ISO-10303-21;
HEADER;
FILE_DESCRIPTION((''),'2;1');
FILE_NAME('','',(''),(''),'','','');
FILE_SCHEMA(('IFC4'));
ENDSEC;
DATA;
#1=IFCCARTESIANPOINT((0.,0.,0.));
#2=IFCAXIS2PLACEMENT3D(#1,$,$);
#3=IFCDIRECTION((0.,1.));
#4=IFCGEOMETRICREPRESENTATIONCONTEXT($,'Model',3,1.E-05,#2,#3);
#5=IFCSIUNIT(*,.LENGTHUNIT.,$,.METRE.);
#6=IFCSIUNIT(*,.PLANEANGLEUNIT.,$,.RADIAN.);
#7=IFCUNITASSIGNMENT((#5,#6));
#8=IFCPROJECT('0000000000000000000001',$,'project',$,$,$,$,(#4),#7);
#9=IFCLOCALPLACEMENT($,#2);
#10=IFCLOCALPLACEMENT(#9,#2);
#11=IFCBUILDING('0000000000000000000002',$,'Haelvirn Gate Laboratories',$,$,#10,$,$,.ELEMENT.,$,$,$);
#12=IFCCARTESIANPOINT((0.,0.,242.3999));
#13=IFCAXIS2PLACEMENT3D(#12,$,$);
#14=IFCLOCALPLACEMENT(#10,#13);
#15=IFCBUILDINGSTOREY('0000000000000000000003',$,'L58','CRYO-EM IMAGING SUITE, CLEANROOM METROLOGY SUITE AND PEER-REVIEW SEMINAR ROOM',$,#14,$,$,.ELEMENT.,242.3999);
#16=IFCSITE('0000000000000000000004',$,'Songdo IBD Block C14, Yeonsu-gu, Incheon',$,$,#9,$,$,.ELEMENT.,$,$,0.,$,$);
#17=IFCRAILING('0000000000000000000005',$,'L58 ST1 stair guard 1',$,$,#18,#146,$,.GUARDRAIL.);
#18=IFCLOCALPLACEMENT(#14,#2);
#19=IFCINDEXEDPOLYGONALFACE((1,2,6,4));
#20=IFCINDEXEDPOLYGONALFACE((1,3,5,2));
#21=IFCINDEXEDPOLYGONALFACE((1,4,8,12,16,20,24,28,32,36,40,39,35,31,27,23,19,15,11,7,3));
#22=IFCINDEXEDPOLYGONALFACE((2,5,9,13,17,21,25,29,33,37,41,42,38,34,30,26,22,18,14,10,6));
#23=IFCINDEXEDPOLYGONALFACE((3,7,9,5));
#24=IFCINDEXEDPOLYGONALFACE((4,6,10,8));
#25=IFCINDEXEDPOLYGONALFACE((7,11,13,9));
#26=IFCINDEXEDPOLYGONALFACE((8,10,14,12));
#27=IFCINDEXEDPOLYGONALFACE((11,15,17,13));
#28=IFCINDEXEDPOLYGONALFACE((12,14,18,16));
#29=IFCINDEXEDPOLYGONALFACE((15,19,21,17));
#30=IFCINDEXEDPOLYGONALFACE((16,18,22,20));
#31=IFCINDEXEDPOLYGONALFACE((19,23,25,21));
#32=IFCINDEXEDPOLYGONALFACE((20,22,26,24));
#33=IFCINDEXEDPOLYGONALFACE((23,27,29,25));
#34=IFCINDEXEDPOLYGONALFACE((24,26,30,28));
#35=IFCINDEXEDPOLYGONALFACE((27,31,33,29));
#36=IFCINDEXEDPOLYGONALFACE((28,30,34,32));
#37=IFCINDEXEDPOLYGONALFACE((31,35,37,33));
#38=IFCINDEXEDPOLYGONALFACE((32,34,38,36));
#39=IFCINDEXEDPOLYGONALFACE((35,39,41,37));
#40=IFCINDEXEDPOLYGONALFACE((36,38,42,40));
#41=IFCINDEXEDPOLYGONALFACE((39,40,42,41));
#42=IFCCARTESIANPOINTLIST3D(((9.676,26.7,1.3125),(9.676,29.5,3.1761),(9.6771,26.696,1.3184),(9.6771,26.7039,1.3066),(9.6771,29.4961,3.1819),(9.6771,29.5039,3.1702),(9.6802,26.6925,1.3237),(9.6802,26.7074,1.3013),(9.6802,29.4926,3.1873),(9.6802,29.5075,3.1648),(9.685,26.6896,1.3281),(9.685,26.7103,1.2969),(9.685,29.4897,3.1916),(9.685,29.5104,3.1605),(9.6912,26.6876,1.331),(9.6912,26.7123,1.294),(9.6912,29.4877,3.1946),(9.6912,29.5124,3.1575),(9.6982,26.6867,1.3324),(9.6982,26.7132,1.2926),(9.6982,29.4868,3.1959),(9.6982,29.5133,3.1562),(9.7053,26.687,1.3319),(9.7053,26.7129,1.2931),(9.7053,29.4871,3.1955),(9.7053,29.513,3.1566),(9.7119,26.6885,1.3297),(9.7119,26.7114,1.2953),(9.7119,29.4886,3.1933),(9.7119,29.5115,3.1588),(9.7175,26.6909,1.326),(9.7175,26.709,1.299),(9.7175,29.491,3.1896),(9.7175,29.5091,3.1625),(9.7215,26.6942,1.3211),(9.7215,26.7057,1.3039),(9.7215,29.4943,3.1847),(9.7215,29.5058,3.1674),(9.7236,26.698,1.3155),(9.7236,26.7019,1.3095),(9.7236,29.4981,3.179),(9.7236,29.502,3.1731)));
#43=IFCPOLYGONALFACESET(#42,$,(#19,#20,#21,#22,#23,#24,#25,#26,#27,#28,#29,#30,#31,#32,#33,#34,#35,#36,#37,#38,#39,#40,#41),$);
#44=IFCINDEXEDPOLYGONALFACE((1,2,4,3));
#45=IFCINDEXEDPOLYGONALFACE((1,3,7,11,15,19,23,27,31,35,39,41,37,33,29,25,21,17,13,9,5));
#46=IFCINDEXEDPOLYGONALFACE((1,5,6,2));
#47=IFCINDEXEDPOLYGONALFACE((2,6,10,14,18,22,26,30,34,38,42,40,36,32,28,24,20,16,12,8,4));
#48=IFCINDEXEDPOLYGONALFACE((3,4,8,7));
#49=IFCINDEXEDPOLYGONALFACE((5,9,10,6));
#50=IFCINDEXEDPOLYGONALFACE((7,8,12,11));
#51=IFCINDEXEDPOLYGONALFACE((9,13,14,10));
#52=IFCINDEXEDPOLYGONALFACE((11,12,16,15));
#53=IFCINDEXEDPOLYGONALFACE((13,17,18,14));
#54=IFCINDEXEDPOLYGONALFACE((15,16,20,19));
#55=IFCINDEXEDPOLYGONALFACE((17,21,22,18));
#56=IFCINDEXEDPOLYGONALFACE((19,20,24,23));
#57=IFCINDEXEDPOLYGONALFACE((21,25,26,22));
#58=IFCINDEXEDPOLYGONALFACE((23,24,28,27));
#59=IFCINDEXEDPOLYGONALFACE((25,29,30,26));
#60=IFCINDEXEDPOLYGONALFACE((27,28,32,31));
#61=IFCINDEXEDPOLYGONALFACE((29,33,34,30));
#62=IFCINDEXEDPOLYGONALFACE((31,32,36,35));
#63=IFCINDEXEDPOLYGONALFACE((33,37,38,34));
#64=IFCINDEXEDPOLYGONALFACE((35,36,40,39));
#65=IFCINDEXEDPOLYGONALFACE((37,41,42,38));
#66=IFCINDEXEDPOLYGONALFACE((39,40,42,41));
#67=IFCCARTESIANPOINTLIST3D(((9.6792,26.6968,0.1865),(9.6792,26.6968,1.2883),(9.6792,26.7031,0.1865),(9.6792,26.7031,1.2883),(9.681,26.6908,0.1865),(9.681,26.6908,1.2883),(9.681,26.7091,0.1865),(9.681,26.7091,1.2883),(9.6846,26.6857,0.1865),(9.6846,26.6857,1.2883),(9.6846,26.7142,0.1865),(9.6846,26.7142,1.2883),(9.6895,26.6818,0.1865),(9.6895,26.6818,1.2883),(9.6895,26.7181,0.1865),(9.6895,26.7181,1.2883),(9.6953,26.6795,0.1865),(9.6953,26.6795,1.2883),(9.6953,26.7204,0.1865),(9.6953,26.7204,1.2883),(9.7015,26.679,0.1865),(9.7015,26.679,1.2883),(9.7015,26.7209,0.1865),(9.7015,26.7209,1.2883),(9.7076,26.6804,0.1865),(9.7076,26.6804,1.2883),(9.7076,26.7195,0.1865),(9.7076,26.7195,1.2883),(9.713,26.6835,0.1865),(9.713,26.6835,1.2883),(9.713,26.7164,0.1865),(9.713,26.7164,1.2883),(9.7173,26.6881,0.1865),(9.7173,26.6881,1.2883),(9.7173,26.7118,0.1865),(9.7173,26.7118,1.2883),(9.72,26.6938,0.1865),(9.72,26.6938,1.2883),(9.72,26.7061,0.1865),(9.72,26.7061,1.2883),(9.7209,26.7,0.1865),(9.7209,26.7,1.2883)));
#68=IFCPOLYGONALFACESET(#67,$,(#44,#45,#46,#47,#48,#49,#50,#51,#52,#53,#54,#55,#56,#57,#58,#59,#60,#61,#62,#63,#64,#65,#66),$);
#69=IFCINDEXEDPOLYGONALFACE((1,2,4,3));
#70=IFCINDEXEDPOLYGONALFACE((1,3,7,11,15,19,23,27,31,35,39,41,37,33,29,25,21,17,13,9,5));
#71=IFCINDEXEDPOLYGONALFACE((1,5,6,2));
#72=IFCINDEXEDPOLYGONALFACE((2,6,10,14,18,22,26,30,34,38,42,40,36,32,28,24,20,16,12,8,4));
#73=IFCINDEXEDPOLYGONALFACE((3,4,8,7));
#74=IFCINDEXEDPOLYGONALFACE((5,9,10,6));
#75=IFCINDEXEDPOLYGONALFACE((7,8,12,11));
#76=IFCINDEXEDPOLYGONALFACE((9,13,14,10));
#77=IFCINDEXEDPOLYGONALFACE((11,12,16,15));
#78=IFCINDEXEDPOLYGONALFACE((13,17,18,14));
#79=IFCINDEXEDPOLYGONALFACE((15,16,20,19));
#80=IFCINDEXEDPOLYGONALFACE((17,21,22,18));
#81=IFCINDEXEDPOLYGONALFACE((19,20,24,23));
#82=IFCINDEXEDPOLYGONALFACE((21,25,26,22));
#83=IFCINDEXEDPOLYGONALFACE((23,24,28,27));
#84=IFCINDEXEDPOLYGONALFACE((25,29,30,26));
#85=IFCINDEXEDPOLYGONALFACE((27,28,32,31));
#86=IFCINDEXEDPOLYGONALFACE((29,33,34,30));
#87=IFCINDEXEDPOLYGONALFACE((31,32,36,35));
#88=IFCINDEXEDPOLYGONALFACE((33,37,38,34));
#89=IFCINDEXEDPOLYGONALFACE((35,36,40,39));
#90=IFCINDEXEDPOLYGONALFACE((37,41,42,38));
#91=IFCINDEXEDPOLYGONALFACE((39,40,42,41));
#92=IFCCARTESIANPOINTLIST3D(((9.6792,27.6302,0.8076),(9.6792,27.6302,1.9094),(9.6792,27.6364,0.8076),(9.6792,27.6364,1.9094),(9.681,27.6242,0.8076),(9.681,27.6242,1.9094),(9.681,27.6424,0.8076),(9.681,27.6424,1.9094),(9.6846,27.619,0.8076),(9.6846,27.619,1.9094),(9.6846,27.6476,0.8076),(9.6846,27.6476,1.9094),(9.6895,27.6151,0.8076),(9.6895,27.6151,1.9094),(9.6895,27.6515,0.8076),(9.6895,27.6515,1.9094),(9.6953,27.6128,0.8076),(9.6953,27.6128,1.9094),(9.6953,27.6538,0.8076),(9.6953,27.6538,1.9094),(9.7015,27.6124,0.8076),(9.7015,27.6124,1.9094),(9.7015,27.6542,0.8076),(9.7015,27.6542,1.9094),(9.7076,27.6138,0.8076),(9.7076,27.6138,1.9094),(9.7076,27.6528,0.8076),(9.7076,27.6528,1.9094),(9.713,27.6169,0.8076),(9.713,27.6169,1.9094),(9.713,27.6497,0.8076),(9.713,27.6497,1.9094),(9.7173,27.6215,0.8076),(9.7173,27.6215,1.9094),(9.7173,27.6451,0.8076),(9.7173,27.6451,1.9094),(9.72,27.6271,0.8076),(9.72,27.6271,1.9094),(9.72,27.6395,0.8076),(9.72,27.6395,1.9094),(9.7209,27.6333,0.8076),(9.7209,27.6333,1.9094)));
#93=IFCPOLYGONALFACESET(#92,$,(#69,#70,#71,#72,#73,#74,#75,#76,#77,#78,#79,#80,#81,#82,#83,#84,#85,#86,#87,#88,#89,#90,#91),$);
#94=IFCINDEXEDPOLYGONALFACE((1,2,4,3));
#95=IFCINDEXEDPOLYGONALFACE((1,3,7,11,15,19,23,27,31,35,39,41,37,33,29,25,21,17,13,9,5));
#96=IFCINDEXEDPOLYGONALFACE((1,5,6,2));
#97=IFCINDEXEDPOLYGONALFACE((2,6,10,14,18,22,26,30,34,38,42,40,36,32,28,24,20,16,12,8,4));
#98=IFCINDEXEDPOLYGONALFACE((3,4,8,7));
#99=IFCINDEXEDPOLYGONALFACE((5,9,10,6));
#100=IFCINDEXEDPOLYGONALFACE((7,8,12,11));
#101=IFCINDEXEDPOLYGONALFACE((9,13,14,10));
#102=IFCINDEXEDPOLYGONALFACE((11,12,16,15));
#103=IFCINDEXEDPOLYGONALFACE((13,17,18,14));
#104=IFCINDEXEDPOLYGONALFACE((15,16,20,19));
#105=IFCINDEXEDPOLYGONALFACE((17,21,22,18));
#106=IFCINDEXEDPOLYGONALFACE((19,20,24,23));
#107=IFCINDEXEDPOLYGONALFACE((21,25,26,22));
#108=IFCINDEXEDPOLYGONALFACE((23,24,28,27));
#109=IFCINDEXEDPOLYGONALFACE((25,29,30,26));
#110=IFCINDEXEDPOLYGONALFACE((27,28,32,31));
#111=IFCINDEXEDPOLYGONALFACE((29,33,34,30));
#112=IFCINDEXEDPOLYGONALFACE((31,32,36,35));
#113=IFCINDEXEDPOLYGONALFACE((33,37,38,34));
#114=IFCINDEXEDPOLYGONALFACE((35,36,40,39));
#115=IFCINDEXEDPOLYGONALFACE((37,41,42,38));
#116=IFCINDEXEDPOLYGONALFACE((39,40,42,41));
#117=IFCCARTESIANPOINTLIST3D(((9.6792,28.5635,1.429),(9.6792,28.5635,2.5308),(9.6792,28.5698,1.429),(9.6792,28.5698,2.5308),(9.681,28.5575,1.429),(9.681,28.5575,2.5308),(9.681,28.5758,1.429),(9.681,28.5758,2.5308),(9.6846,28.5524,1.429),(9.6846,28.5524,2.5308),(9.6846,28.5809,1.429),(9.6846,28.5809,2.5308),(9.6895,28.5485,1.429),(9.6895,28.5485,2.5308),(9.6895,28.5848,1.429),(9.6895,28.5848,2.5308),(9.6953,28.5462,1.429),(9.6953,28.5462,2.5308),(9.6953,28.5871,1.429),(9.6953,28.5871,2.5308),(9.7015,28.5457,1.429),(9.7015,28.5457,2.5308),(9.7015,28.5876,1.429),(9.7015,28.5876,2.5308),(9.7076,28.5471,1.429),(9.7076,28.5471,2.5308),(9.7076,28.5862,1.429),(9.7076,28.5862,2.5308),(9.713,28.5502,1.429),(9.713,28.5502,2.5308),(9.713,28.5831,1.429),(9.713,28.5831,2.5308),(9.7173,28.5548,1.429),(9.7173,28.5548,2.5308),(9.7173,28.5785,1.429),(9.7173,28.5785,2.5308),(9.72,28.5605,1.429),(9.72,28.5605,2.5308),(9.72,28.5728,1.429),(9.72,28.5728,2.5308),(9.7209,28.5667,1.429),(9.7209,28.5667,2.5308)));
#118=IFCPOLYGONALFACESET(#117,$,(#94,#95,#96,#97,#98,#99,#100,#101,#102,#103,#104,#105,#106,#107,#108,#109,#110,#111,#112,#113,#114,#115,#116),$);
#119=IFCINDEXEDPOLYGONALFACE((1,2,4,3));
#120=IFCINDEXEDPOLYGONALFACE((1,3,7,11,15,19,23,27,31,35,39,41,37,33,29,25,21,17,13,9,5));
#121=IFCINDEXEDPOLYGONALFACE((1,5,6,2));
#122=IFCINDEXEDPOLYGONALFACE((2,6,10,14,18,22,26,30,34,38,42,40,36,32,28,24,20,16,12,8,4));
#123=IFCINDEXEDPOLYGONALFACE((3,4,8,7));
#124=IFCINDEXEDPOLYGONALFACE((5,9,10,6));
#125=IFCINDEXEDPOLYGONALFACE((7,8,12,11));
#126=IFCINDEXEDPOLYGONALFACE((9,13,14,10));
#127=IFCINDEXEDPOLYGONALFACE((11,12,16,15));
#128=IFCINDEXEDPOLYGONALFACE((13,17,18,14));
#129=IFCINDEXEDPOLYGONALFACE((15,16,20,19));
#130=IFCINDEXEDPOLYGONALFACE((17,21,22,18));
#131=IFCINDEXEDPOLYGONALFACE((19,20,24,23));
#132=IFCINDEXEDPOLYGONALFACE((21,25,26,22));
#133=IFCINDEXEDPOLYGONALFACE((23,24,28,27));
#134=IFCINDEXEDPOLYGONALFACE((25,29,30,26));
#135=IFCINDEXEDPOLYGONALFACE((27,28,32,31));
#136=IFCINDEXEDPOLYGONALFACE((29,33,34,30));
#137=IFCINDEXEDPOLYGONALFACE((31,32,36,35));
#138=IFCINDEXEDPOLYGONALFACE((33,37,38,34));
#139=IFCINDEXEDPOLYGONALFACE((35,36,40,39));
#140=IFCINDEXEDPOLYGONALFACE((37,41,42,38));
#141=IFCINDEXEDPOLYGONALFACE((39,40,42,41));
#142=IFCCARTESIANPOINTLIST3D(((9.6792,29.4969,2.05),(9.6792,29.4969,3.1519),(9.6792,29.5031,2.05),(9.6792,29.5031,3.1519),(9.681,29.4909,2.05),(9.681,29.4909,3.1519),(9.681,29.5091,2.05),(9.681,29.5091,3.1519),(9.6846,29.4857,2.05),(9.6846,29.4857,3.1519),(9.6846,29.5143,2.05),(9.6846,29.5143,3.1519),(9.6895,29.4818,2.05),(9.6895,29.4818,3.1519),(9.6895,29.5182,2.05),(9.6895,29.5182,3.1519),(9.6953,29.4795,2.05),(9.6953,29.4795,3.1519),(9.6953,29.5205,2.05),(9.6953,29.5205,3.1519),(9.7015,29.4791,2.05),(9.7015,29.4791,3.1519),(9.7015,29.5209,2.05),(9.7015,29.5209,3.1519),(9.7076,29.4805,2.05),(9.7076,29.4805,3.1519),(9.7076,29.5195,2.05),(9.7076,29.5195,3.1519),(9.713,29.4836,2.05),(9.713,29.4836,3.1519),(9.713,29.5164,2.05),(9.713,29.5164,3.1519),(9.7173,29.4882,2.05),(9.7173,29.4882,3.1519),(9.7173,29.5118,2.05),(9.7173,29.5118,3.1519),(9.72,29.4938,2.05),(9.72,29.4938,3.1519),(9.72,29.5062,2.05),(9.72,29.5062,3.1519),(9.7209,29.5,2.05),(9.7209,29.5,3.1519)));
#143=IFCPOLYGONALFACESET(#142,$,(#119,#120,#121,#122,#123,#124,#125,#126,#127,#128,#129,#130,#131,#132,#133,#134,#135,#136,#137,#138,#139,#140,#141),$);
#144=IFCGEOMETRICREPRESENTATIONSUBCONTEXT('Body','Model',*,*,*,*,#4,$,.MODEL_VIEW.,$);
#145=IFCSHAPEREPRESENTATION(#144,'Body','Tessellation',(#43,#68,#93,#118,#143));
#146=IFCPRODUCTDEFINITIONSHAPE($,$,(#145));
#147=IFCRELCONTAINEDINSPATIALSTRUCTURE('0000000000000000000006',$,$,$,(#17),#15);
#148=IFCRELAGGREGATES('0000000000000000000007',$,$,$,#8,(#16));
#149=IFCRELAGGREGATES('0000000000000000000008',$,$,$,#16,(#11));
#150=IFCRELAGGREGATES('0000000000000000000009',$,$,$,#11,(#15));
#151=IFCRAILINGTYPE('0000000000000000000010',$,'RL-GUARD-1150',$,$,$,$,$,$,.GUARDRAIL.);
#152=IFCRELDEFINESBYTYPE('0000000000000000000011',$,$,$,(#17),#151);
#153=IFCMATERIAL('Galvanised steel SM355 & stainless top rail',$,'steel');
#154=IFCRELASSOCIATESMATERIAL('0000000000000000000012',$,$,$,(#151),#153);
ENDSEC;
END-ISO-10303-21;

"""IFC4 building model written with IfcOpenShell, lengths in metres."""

from ifc_helpers import new_model, si_unit, direction, frame, origin, origin_2d, place, context, subcontext, project, spatial, circle, extrude, source, transform, mapped, material, type_object, element, save


model = new_model("IFC4")

# Units and contexts
model_context = context("Model", 3, precision=1e-05, world=origin(), true_north=direction((0.0, 1.0)))
body_context = subcontext(model_context, "Body", "Model", "MODEL_VIEW")
ifc_project = project(units=[si_unit("LENGTHUNIT", "METRE"), si_unit("PLANEANGLEUNIT", "RADIAN")], contexts=[model_context])

# Site, building, storey
site_placement = place(None, origin())
site = spatial("IfcSite", under=ifc_project, at=site_placement, Name="Songdo IBD Block C14, Yeonsu-gu, Incheon", CompositionType="ELEMENT", RefElevation=0.0)
building_placement = place(site_placement, origin())
building = spatial("IfcBuilding", under=site, at=building_placement, Name="Haelvirn Gate Laboratories", CompositionType="ELEMENT")
storey_placement = place(building_placement, frame((0.0, 0.0, 242.3999)))
storey = spatial("IfcBuildingStorey", under=building, at=storey_placement, Name="L58", Description="CRYO-EM IMAGING SUITE, CLEANROOM METROLOGY SUITE AND PEER-REVIEW SEMINAR ROOM", CompositionType="ELEMENT", Elevation=242.3999)

# Railing
ifc_material_1 = material(Name="Galvanised steel SM355 & stainless top rail", Category="steel")
railing_type_1 = type_object("IfcRailingType", Name="RL-GUARD-1150", PredefinedType="GUARDRAIL", material=ifc_material_1)
shared_shape_1 = source(origin(), body_context, "Body", "SweptSolid", [
    extrude(circle(Radius=0.0239, at=origin_2d()), frame((0.0, 0.0, 1.126), z_axis=(0.0, 0.832486, 0.554047), x_axis=(-1.0, 0.0, 0.0)), (0.0, 0.0, 1.0), 3.3635),
    extrude(circle(Radius=0.021, at=origin_2d()), origin(), (0.0, 0.0, 1.0), 1.1018),
    extrude(circle(Radius=0.021, at=origin_2d()), frame((0.0, 0.9333, 0.6211)), (0.0, 0.0, 1.0), 1.1018),
    extrude(circle(Radius=0.021, at=origin_2d()), frame((0.0, 1.8667, 1.2424)), (0.0, 0.0, 1.0), 1.1018),
    extrude(circle(Radius=0.021, at=origin_2d()), frame((0.0, 2.8, 1.8635)), (0.0, 0.0, 1.0), 1.1018),
])
railing_1_placement = place(storey_placement, frame((9.7, 26.7, 0.1865)))
element("IfcRailing", 1, at=railing_1_placement, inside=storey, type_object=railing_type_1, Name="L58 ST1 stair guard 1", PredefinedType="GUARDRAIL", context=body_context, shape_type="MappedRepresentation", body=[
    mapped(shared_shape_1, transform((0.0, 0.0, 0.0), scale=1.0)),
])

save(model, "model.ifc")
